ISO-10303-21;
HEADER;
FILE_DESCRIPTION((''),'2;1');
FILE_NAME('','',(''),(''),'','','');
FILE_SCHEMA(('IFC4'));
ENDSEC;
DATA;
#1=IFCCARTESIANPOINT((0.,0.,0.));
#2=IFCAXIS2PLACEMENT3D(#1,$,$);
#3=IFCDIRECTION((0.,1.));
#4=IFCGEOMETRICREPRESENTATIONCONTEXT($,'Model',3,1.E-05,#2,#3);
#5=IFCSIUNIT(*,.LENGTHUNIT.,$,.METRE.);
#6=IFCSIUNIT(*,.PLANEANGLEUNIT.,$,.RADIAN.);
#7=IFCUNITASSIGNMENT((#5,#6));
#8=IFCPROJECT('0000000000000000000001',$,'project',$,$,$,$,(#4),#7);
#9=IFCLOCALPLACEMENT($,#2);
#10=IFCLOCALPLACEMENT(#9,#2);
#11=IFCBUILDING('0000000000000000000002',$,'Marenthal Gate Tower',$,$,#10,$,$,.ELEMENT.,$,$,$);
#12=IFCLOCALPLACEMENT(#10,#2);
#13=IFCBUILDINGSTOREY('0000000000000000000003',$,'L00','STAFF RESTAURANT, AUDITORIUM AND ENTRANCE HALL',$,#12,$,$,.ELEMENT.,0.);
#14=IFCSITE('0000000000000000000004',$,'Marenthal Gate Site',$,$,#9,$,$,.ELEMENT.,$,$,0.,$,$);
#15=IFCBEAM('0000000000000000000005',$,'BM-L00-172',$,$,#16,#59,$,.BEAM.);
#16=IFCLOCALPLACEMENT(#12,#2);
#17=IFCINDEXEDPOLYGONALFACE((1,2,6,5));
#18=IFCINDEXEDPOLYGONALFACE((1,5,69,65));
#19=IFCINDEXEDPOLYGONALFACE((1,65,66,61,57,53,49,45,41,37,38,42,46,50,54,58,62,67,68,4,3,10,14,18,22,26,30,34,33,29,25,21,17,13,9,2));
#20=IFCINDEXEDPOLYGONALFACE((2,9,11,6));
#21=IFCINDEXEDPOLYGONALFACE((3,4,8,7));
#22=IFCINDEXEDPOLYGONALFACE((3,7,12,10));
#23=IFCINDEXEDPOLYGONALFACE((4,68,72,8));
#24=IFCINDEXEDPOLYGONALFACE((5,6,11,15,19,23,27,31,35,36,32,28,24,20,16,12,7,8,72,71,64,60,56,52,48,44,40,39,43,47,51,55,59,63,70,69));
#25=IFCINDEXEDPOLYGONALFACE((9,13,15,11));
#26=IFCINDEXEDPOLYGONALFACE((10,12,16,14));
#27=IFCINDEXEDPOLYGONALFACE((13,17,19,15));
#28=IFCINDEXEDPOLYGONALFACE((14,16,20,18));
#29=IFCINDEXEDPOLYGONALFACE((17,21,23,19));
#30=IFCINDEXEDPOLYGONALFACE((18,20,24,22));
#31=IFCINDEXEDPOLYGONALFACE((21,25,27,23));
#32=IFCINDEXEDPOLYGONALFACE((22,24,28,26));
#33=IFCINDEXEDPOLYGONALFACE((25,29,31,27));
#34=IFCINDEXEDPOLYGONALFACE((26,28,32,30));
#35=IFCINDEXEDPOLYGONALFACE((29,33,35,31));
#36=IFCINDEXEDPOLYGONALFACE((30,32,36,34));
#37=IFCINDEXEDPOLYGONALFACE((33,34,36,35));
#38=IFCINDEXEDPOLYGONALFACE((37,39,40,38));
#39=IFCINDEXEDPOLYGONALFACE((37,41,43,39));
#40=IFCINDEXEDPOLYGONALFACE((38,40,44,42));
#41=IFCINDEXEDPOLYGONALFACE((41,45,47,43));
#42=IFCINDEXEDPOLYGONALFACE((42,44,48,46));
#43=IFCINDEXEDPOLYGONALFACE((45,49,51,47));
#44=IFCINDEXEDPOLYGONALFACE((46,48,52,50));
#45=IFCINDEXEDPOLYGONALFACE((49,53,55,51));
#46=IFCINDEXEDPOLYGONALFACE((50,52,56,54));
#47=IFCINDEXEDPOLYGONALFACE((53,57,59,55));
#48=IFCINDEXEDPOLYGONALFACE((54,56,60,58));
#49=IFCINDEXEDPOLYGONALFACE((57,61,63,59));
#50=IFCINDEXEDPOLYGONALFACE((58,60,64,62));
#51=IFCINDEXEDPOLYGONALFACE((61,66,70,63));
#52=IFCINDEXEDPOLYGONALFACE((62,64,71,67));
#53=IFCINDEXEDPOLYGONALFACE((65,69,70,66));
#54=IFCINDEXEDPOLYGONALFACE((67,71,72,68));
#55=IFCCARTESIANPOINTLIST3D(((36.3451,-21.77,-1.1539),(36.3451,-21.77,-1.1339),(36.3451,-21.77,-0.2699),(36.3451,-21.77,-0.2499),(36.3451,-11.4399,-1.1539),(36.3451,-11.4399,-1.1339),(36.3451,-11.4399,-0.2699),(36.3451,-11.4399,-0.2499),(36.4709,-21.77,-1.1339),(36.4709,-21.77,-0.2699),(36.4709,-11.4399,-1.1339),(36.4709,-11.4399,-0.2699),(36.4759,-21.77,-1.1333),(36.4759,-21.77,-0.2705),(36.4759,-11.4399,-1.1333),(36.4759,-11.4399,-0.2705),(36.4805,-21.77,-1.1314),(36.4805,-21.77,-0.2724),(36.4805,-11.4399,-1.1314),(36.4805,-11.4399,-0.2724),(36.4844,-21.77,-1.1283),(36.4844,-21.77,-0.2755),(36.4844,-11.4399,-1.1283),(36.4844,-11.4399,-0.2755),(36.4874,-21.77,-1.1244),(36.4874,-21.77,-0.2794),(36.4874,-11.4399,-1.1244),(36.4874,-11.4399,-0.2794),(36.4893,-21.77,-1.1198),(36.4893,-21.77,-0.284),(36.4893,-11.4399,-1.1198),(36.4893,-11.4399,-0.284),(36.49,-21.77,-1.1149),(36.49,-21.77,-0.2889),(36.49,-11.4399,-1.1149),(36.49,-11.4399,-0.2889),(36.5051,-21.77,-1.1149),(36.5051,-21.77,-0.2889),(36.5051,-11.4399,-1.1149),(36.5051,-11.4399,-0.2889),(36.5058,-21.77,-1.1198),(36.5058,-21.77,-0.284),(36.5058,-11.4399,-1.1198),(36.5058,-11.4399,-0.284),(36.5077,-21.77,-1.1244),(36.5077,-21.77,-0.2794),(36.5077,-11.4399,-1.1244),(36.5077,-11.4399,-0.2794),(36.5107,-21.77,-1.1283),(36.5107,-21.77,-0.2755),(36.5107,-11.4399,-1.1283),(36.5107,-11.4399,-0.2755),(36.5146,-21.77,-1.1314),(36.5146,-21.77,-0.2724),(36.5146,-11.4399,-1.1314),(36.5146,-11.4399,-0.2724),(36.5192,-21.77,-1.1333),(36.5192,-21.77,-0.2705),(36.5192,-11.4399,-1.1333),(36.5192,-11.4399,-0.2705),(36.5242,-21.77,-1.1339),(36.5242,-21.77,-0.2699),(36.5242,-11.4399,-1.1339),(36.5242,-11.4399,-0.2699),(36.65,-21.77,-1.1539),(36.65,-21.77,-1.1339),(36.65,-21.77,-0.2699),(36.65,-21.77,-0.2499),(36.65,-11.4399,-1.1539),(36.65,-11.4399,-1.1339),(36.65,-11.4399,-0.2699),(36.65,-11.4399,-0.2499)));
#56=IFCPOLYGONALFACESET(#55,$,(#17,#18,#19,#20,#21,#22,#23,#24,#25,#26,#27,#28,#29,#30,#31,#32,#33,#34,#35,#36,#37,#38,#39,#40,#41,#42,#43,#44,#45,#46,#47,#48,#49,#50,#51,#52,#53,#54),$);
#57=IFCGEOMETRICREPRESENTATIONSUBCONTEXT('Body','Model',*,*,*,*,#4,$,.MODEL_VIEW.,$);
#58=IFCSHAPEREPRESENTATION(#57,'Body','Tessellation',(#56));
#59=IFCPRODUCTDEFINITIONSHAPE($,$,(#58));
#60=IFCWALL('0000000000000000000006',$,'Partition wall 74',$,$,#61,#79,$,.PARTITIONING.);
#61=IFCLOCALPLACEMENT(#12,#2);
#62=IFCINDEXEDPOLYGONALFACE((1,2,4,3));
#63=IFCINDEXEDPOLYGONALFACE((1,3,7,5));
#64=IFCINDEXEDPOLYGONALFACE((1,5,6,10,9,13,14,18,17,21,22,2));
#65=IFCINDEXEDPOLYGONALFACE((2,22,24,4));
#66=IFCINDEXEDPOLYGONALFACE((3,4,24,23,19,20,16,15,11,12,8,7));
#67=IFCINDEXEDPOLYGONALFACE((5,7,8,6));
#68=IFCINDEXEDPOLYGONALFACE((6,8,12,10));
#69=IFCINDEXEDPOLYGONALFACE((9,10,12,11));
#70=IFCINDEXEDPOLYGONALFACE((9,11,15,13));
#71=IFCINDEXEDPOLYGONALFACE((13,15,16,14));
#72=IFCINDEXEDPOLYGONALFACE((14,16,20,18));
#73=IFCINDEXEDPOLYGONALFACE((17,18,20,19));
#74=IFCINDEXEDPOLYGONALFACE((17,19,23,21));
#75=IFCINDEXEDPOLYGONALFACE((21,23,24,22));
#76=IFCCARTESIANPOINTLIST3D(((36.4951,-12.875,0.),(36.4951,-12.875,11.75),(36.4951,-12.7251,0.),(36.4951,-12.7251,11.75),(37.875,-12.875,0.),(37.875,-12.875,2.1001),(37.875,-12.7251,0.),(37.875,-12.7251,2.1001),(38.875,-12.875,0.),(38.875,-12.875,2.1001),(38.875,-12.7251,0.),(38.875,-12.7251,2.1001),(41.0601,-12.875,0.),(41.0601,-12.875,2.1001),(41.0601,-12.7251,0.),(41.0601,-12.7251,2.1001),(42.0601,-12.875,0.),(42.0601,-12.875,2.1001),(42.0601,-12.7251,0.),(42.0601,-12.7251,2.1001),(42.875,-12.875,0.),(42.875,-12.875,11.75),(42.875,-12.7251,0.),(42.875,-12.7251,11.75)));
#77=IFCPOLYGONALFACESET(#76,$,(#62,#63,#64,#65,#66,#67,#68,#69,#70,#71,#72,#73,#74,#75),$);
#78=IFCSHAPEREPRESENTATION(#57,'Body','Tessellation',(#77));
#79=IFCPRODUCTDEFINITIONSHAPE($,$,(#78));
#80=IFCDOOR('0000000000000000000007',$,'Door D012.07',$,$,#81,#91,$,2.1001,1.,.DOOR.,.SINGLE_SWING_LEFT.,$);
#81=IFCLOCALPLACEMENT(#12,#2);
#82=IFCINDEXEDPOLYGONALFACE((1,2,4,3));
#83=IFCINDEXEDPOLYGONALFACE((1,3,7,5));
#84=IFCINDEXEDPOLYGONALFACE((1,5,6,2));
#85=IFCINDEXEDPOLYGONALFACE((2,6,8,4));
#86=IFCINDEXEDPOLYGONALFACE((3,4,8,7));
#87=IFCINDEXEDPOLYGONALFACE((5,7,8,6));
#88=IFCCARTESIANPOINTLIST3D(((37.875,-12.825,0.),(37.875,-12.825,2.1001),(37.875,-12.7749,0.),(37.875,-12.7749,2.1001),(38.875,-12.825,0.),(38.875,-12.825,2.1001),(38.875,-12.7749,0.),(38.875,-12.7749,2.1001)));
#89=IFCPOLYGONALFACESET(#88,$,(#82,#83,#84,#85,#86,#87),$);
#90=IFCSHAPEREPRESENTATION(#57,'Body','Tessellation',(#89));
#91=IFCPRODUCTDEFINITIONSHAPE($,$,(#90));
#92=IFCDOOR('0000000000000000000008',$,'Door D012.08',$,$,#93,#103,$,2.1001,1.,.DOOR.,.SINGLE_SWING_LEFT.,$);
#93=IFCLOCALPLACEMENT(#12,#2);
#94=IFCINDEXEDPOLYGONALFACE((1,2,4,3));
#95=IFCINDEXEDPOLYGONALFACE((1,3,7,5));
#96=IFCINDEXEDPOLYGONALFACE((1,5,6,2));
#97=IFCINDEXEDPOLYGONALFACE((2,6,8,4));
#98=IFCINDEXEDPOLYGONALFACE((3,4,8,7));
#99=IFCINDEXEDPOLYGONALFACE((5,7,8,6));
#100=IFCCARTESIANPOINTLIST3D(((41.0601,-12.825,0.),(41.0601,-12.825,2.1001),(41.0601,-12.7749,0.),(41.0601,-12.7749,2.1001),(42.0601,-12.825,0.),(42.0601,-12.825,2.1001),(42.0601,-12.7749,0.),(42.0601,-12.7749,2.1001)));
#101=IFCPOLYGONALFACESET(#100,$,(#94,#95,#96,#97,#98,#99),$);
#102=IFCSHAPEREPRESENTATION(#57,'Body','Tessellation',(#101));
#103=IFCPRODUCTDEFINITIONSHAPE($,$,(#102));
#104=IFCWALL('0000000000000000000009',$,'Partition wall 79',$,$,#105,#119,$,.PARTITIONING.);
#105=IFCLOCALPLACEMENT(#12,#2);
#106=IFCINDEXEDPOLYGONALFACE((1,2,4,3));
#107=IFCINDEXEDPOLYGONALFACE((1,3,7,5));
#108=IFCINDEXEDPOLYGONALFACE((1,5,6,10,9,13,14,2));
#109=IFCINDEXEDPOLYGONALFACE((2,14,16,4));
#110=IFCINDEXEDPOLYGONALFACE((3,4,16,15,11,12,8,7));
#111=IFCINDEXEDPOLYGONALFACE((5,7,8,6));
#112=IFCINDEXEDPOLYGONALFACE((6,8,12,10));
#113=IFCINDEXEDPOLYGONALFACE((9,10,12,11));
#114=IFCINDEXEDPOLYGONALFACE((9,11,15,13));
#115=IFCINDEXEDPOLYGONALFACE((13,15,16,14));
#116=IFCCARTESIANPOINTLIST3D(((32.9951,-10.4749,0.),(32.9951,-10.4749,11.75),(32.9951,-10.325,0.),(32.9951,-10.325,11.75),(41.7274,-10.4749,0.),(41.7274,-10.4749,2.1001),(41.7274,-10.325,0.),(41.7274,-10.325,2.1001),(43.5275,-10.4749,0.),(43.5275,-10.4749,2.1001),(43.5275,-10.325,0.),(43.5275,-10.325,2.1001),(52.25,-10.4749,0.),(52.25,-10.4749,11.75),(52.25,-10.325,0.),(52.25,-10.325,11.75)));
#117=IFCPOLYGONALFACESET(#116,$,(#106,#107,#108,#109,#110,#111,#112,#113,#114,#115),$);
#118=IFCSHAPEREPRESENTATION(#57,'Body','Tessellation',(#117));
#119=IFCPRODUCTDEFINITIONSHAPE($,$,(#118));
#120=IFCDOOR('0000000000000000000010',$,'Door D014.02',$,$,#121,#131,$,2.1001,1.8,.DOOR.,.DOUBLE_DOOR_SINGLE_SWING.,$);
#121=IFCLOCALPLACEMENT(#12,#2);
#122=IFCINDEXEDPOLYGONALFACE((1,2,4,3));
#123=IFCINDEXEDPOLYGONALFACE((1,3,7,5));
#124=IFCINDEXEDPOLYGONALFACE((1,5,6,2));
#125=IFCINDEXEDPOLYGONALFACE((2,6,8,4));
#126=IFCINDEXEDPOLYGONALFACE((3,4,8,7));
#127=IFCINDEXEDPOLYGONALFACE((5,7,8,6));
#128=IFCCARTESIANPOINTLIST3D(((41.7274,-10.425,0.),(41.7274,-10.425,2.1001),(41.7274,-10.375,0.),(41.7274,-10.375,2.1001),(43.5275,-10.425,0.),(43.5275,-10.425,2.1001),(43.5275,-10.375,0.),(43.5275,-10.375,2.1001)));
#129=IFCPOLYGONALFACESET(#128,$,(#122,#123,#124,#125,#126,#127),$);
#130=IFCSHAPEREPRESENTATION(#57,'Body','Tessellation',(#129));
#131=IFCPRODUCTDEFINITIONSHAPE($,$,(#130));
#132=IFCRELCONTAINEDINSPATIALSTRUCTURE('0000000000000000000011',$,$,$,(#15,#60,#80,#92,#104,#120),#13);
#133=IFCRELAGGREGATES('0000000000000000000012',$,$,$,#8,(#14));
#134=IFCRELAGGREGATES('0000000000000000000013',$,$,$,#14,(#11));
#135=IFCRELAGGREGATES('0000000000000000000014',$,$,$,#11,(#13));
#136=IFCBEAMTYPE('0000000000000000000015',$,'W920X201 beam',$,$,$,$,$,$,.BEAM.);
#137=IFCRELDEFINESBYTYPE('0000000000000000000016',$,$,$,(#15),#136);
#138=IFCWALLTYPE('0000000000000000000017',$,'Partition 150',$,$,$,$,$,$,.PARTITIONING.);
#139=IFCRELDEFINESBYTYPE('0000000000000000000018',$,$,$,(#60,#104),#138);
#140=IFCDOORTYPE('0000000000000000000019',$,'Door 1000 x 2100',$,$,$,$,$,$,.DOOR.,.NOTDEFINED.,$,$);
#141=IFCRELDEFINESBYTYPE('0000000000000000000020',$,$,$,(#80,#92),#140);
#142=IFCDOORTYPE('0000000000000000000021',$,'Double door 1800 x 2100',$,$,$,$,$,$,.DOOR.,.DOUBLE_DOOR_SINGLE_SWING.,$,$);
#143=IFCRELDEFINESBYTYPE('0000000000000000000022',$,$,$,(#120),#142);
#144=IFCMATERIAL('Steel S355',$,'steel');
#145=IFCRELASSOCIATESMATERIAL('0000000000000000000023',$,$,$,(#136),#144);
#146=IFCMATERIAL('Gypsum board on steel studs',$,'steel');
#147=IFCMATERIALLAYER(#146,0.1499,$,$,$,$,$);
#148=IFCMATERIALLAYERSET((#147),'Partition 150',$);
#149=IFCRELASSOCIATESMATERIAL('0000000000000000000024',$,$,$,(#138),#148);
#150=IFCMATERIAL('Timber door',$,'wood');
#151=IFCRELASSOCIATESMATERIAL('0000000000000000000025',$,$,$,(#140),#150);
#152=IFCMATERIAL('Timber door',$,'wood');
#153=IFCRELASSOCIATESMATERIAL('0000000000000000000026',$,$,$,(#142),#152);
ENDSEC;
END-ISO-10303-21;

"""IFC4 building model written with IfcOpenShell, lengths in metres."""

from ifc_helpers import new_model, si_unit, direction, frame, frame_2d, origin, origin_2d, place, context, subcontext, project, spatial, rectangle, i_section, extrude, material, layer, layer_set, material_profile, profile_set, type_object, element, fill, save


model = new_model("IFC4")

# Units and contexts
model_context = context("Model", 3, precision=1e-05, world=origin(), true_north=direction((0.0, 1.0)))
body_context = subcontext(model_context, "Body", "Model", "MODEL_VIEW")
ifc_project = project(units=[si_unit("LENGTHUNIT", "METRE"), si_unit("PLANEANGLEUNIT", "RADIAN")], contexts=[model_context])

# Site, building, storey
site_placement = place(None, origin())
site = spatial("IfcSite", under=ifc_project, at=site_placement, Name="Marenthal Gate Site", CompositionType="ELEMENT", RefElevation=0.0)
building_placement = place(site_placement, origin())
building = spatial("IfcBuilding", under=site, at=building_placement, Name="Marenthal Gate Tower", CompositionType="ELEMENT")
storey_placement = place(building_placement, origin())
storey = spatial("IfcBuildingStorey", under=building, at=storey_placement, Name="L00", Description="STAFF RESTAURANT, AUDITORIUM AND ENTRANCE HALL", CompositionType="ELEMENT", Elevation=0.0)

# Beam
ifc_material_1 = material(Name="Steel S355", Category="steel")
ifc_material_profile_1 = material_profile(ifc_material_1, i_section(OverallWidth=0.3049, OverallDepth=0.9041, WebThickness=0.0151, FlangeThickness=0.02, FilletRadius=0.019, at=origin_2d()), Name="W920X201")
ifc_profile_set_1 = profile_set([ifc_material_profile_1], Name="Steel S355")
beam_type_1 = type_object("IfcBeamType", Name="W920X201 beam", PredefinedType="BEAM", material=ifc_profile_set_1)
for number, where, z_axis, x_axis, name in (
    (1, (36.4976, -11.4399, -0.7019), (0.0, -1.0, 0.0), (1.0, 0.0, 0.0), "BM-L00-172"),
):
    element("IfcBeam", number, at=place(storey_placement, frame(where, z_axis=z_axis, x_axis=x_axis)), inside=storey, type_object=beam_type_1, Name=name, PredefinedType="BEAM", context=body_context, shape_type="SweptSolid", body=[
        extrude(i_section(OverallWidth=0.3049, OverallDepth=0.9041, WebThickness=0.0151, FlangeThickness=0.02, FilletRadius=0.019, at=origin_2d()), origin(), (0.0, 0.0, 1.0), 10.3301),
    ])

# Wall, openings, doors
ifc_material_2 = material(Name="Gypsum board on steel studs", Category="steel")
ifc_layer_1 = layer(ifc_material_2, 0.1499)
ifc_layer_set_1 = layer_set([ifc_layer_1], Name="Partition 150")
wall_type_1 = type_object("IfcWallType", Name="Partition 150", PredefinedType="PARTITIONING", material=ifc_layer_set_1)
wall_1_placement = place(storey_placement, frame((36.4951, -12.8, 0.0), z_axis=(0.0, 0.0, 1.0), x_axis=(1.0, 0.0, 0.0)))
wall_1 = element("IfcWall", 2, at=wall_1_placement, inside=storey, type_object=wall_type_1, Name="Partition wall 74", PredefinedType="PARTITIONING", context=body_context, shape_type="SweptSolid", body=[
    extrude(rectangle(XDim=6.3799, YDim=0.1499, at=frame_2d((3.1899, 0.0))), origin(), (0.0, 0.0, 1.0), 11.75),
])
opening_1_placement = place(wall_1_placement, frame((1.3799, 0.0, 0.0)))
opening_1 = element("IfcOpeningElement", 3, at=opening_1_placement, cuts=wall_1, PredefinedType="OPENING", context=body_context, shape_type="SweptSolid", body=[
    extrude(rectangle(XDim=1.0, YDim=2.1001, at=frame_2d((0.5, 1.05))), frame((0.0, 0.085, 0.0), z_axis=(0.0, -1.0, 0.0), x_axis=(1.0, 0.0, 0.0)), (0.0, 0.0, 1.0), 0.1699),
])
opening_2_placement = place(wall_1_placement, frame((4.5649, 0.0, 0.0)))
opening_2 = element("IfcOpeningElement", 4, at=opening_2_placement, cuts=wall_1, PredefinedType="OPENING", context=body_context, shape_type="SweptSolid", body=[
    extrude(rectangle(XDim=1.0, YDim=2.1001, at=frame_2d((0.5, 1.05))), frame((0.0, 0.085, 0.0), z_axis=(0.0, -1.0, 0.0), x_axis=(1.0, 0.0, 0.0)), (0.0, 0.0, 1.0), 0.1699),
])
ifc_material_3 = material(Name="Timber door", Category="wood")
door_type_1 = type_object("IfcDoorType", Name="Door 1000 x 2100", OperationType="NOTDEFINED", PredefinedType="DOOR", material=ifc_material_3)
door_1_placement = place(opening_1_placement, frame((1.0, 0.0, 0.0), z_axis=(0.0, 0.0, 1.0), x_axis=(-1.0, 0.0, 0.0)))
door_1 = element("IfcDoor", 5, at=door_1_placement, inside=storey, type_object=door_type_1, Name="Door D012.07", OperationType="SINGLE_SWING_LEFT", OverallHeight=2.1001, OverallWidth=1.0, PredefinedType="DOOR", context=body_context, shape_type="SweptSolid", body=[
    extrude(rectangle(XDim=1.0, YDim=2.1001, at=frame_2d((0.5, 1.05))), frame((0.0, 0.0249, 0.0), z_axis=(0.0, -1.0, 0.0), x_axis=(1.0, 0.0, 0.0)), (0.0, 0.0, 1.0), 0.05),
])
fill(opening_1, door_1)
door_2_placement = place(opening_2_placement, frame((1.0, 0.0, 0.0), z_axis=(0.0, 0.0, 1.0), x_axis=(-1.0, 0.0, 0.0)))
door_2 = element("IfcDoor", 6, at=door_2_placement, inside=storey, type_object=door_type_1, Name="Door D012.08", OperationType="SINGLE_SWING_LEFT", OverallHeight=2.1001, OverallWidth=1.0, PredefinedType="DOOR", context=body_context, shape_type="SweptSolid", body=[
    extrude(rectangle(XDim=1.0, YDim=2.1001, at=frame_2d((0.5, 1.05))), frame((0.0, 0.0249, 0.0), z_axis=(0.0, -1.0, 0.0), x_axis=(1.0, 0.0, 0.0)), (0.0, 0.0, 1.0), 0.05),
])
fill(opening_2, door_2)

# Wall, opening, door
wall_2_placement = place(storey_placement, frame((32.9951, -10.3999, 0.0), z_axis=(0.0, 0.0, 1.0), x_axis=(1.0, 0.0, 0.0)))
wall_2 = element("IfcWall", 7, at=wall_2_placement, inside=storey, type_object=wall_type_1, Name="Partition wall 79", PredefinedType="PARTITIONING", context=body_context, shape_type="SweptSolid", body=[
    extrude(rectangle(XDim=19.2549, YDim=0.1499, at=frame_2d((9.6274, 0.0))), origin(), (0.0, 0.0, 1.0), 11.75),
])
opening_3_placement = place(wall_2_placement, frame((8.7324, 0.0, 0.0)))
opening_3 = element("IfcOpeningElement", 8, at=opening_3_placement, cuts=wall_2, PredefinedType="OPENING", context=body_context, shape_type="SweptSolid", body=[
    extrude(rectangle(XDim=1.8, YDim=2.1001, at=frame_2d((0.8999, 1.05))), frame((0.0, 0.085, 0.0), z_axis=(0.0, -1.0, 0.0), x_axis=(1.0, 0.0, 0.0)), (0.0, 0.0, 1.0), 0.1699),
])
ifc_material_4 = material(Name="Timber door", Category="wood")
door_type_2 = type_object("IfcDoorType", Name="Double door 1800 x 2100", OperationType="DOUBLE_DOOR_SINGLE_SWING", PredefinedType="DOOR", material=ifc_material_4)
door_3_placement = place(opening_3_placement, origin())
door_3 = element("IfcDoor", 9, at=door_3_placement, inside=storey, type_object=door_type_2, Name="Door D014.02", OperationType="DOUBLE_DOOR_SINGLE_SWING", OverallHeight=2.1001, OverallWidth=1.8, PredefinedType="DOOR", context=body_context, shape_type="SweptSolid", body=[
    extrude(rectangle(XDim=1.8, YDim=2.1001, at=frame_2d((0.8999, 1.05))), frame((0.0, 0.0249, 0.0), z_axis=(0.0, -1.0, 0.0), x_axis=(1.0, 0.0, 0.0)), (0.0, 0.0, 1.0), 0.05),
])
fill(opening_3, door_3)

save(model, "model.ifc")
